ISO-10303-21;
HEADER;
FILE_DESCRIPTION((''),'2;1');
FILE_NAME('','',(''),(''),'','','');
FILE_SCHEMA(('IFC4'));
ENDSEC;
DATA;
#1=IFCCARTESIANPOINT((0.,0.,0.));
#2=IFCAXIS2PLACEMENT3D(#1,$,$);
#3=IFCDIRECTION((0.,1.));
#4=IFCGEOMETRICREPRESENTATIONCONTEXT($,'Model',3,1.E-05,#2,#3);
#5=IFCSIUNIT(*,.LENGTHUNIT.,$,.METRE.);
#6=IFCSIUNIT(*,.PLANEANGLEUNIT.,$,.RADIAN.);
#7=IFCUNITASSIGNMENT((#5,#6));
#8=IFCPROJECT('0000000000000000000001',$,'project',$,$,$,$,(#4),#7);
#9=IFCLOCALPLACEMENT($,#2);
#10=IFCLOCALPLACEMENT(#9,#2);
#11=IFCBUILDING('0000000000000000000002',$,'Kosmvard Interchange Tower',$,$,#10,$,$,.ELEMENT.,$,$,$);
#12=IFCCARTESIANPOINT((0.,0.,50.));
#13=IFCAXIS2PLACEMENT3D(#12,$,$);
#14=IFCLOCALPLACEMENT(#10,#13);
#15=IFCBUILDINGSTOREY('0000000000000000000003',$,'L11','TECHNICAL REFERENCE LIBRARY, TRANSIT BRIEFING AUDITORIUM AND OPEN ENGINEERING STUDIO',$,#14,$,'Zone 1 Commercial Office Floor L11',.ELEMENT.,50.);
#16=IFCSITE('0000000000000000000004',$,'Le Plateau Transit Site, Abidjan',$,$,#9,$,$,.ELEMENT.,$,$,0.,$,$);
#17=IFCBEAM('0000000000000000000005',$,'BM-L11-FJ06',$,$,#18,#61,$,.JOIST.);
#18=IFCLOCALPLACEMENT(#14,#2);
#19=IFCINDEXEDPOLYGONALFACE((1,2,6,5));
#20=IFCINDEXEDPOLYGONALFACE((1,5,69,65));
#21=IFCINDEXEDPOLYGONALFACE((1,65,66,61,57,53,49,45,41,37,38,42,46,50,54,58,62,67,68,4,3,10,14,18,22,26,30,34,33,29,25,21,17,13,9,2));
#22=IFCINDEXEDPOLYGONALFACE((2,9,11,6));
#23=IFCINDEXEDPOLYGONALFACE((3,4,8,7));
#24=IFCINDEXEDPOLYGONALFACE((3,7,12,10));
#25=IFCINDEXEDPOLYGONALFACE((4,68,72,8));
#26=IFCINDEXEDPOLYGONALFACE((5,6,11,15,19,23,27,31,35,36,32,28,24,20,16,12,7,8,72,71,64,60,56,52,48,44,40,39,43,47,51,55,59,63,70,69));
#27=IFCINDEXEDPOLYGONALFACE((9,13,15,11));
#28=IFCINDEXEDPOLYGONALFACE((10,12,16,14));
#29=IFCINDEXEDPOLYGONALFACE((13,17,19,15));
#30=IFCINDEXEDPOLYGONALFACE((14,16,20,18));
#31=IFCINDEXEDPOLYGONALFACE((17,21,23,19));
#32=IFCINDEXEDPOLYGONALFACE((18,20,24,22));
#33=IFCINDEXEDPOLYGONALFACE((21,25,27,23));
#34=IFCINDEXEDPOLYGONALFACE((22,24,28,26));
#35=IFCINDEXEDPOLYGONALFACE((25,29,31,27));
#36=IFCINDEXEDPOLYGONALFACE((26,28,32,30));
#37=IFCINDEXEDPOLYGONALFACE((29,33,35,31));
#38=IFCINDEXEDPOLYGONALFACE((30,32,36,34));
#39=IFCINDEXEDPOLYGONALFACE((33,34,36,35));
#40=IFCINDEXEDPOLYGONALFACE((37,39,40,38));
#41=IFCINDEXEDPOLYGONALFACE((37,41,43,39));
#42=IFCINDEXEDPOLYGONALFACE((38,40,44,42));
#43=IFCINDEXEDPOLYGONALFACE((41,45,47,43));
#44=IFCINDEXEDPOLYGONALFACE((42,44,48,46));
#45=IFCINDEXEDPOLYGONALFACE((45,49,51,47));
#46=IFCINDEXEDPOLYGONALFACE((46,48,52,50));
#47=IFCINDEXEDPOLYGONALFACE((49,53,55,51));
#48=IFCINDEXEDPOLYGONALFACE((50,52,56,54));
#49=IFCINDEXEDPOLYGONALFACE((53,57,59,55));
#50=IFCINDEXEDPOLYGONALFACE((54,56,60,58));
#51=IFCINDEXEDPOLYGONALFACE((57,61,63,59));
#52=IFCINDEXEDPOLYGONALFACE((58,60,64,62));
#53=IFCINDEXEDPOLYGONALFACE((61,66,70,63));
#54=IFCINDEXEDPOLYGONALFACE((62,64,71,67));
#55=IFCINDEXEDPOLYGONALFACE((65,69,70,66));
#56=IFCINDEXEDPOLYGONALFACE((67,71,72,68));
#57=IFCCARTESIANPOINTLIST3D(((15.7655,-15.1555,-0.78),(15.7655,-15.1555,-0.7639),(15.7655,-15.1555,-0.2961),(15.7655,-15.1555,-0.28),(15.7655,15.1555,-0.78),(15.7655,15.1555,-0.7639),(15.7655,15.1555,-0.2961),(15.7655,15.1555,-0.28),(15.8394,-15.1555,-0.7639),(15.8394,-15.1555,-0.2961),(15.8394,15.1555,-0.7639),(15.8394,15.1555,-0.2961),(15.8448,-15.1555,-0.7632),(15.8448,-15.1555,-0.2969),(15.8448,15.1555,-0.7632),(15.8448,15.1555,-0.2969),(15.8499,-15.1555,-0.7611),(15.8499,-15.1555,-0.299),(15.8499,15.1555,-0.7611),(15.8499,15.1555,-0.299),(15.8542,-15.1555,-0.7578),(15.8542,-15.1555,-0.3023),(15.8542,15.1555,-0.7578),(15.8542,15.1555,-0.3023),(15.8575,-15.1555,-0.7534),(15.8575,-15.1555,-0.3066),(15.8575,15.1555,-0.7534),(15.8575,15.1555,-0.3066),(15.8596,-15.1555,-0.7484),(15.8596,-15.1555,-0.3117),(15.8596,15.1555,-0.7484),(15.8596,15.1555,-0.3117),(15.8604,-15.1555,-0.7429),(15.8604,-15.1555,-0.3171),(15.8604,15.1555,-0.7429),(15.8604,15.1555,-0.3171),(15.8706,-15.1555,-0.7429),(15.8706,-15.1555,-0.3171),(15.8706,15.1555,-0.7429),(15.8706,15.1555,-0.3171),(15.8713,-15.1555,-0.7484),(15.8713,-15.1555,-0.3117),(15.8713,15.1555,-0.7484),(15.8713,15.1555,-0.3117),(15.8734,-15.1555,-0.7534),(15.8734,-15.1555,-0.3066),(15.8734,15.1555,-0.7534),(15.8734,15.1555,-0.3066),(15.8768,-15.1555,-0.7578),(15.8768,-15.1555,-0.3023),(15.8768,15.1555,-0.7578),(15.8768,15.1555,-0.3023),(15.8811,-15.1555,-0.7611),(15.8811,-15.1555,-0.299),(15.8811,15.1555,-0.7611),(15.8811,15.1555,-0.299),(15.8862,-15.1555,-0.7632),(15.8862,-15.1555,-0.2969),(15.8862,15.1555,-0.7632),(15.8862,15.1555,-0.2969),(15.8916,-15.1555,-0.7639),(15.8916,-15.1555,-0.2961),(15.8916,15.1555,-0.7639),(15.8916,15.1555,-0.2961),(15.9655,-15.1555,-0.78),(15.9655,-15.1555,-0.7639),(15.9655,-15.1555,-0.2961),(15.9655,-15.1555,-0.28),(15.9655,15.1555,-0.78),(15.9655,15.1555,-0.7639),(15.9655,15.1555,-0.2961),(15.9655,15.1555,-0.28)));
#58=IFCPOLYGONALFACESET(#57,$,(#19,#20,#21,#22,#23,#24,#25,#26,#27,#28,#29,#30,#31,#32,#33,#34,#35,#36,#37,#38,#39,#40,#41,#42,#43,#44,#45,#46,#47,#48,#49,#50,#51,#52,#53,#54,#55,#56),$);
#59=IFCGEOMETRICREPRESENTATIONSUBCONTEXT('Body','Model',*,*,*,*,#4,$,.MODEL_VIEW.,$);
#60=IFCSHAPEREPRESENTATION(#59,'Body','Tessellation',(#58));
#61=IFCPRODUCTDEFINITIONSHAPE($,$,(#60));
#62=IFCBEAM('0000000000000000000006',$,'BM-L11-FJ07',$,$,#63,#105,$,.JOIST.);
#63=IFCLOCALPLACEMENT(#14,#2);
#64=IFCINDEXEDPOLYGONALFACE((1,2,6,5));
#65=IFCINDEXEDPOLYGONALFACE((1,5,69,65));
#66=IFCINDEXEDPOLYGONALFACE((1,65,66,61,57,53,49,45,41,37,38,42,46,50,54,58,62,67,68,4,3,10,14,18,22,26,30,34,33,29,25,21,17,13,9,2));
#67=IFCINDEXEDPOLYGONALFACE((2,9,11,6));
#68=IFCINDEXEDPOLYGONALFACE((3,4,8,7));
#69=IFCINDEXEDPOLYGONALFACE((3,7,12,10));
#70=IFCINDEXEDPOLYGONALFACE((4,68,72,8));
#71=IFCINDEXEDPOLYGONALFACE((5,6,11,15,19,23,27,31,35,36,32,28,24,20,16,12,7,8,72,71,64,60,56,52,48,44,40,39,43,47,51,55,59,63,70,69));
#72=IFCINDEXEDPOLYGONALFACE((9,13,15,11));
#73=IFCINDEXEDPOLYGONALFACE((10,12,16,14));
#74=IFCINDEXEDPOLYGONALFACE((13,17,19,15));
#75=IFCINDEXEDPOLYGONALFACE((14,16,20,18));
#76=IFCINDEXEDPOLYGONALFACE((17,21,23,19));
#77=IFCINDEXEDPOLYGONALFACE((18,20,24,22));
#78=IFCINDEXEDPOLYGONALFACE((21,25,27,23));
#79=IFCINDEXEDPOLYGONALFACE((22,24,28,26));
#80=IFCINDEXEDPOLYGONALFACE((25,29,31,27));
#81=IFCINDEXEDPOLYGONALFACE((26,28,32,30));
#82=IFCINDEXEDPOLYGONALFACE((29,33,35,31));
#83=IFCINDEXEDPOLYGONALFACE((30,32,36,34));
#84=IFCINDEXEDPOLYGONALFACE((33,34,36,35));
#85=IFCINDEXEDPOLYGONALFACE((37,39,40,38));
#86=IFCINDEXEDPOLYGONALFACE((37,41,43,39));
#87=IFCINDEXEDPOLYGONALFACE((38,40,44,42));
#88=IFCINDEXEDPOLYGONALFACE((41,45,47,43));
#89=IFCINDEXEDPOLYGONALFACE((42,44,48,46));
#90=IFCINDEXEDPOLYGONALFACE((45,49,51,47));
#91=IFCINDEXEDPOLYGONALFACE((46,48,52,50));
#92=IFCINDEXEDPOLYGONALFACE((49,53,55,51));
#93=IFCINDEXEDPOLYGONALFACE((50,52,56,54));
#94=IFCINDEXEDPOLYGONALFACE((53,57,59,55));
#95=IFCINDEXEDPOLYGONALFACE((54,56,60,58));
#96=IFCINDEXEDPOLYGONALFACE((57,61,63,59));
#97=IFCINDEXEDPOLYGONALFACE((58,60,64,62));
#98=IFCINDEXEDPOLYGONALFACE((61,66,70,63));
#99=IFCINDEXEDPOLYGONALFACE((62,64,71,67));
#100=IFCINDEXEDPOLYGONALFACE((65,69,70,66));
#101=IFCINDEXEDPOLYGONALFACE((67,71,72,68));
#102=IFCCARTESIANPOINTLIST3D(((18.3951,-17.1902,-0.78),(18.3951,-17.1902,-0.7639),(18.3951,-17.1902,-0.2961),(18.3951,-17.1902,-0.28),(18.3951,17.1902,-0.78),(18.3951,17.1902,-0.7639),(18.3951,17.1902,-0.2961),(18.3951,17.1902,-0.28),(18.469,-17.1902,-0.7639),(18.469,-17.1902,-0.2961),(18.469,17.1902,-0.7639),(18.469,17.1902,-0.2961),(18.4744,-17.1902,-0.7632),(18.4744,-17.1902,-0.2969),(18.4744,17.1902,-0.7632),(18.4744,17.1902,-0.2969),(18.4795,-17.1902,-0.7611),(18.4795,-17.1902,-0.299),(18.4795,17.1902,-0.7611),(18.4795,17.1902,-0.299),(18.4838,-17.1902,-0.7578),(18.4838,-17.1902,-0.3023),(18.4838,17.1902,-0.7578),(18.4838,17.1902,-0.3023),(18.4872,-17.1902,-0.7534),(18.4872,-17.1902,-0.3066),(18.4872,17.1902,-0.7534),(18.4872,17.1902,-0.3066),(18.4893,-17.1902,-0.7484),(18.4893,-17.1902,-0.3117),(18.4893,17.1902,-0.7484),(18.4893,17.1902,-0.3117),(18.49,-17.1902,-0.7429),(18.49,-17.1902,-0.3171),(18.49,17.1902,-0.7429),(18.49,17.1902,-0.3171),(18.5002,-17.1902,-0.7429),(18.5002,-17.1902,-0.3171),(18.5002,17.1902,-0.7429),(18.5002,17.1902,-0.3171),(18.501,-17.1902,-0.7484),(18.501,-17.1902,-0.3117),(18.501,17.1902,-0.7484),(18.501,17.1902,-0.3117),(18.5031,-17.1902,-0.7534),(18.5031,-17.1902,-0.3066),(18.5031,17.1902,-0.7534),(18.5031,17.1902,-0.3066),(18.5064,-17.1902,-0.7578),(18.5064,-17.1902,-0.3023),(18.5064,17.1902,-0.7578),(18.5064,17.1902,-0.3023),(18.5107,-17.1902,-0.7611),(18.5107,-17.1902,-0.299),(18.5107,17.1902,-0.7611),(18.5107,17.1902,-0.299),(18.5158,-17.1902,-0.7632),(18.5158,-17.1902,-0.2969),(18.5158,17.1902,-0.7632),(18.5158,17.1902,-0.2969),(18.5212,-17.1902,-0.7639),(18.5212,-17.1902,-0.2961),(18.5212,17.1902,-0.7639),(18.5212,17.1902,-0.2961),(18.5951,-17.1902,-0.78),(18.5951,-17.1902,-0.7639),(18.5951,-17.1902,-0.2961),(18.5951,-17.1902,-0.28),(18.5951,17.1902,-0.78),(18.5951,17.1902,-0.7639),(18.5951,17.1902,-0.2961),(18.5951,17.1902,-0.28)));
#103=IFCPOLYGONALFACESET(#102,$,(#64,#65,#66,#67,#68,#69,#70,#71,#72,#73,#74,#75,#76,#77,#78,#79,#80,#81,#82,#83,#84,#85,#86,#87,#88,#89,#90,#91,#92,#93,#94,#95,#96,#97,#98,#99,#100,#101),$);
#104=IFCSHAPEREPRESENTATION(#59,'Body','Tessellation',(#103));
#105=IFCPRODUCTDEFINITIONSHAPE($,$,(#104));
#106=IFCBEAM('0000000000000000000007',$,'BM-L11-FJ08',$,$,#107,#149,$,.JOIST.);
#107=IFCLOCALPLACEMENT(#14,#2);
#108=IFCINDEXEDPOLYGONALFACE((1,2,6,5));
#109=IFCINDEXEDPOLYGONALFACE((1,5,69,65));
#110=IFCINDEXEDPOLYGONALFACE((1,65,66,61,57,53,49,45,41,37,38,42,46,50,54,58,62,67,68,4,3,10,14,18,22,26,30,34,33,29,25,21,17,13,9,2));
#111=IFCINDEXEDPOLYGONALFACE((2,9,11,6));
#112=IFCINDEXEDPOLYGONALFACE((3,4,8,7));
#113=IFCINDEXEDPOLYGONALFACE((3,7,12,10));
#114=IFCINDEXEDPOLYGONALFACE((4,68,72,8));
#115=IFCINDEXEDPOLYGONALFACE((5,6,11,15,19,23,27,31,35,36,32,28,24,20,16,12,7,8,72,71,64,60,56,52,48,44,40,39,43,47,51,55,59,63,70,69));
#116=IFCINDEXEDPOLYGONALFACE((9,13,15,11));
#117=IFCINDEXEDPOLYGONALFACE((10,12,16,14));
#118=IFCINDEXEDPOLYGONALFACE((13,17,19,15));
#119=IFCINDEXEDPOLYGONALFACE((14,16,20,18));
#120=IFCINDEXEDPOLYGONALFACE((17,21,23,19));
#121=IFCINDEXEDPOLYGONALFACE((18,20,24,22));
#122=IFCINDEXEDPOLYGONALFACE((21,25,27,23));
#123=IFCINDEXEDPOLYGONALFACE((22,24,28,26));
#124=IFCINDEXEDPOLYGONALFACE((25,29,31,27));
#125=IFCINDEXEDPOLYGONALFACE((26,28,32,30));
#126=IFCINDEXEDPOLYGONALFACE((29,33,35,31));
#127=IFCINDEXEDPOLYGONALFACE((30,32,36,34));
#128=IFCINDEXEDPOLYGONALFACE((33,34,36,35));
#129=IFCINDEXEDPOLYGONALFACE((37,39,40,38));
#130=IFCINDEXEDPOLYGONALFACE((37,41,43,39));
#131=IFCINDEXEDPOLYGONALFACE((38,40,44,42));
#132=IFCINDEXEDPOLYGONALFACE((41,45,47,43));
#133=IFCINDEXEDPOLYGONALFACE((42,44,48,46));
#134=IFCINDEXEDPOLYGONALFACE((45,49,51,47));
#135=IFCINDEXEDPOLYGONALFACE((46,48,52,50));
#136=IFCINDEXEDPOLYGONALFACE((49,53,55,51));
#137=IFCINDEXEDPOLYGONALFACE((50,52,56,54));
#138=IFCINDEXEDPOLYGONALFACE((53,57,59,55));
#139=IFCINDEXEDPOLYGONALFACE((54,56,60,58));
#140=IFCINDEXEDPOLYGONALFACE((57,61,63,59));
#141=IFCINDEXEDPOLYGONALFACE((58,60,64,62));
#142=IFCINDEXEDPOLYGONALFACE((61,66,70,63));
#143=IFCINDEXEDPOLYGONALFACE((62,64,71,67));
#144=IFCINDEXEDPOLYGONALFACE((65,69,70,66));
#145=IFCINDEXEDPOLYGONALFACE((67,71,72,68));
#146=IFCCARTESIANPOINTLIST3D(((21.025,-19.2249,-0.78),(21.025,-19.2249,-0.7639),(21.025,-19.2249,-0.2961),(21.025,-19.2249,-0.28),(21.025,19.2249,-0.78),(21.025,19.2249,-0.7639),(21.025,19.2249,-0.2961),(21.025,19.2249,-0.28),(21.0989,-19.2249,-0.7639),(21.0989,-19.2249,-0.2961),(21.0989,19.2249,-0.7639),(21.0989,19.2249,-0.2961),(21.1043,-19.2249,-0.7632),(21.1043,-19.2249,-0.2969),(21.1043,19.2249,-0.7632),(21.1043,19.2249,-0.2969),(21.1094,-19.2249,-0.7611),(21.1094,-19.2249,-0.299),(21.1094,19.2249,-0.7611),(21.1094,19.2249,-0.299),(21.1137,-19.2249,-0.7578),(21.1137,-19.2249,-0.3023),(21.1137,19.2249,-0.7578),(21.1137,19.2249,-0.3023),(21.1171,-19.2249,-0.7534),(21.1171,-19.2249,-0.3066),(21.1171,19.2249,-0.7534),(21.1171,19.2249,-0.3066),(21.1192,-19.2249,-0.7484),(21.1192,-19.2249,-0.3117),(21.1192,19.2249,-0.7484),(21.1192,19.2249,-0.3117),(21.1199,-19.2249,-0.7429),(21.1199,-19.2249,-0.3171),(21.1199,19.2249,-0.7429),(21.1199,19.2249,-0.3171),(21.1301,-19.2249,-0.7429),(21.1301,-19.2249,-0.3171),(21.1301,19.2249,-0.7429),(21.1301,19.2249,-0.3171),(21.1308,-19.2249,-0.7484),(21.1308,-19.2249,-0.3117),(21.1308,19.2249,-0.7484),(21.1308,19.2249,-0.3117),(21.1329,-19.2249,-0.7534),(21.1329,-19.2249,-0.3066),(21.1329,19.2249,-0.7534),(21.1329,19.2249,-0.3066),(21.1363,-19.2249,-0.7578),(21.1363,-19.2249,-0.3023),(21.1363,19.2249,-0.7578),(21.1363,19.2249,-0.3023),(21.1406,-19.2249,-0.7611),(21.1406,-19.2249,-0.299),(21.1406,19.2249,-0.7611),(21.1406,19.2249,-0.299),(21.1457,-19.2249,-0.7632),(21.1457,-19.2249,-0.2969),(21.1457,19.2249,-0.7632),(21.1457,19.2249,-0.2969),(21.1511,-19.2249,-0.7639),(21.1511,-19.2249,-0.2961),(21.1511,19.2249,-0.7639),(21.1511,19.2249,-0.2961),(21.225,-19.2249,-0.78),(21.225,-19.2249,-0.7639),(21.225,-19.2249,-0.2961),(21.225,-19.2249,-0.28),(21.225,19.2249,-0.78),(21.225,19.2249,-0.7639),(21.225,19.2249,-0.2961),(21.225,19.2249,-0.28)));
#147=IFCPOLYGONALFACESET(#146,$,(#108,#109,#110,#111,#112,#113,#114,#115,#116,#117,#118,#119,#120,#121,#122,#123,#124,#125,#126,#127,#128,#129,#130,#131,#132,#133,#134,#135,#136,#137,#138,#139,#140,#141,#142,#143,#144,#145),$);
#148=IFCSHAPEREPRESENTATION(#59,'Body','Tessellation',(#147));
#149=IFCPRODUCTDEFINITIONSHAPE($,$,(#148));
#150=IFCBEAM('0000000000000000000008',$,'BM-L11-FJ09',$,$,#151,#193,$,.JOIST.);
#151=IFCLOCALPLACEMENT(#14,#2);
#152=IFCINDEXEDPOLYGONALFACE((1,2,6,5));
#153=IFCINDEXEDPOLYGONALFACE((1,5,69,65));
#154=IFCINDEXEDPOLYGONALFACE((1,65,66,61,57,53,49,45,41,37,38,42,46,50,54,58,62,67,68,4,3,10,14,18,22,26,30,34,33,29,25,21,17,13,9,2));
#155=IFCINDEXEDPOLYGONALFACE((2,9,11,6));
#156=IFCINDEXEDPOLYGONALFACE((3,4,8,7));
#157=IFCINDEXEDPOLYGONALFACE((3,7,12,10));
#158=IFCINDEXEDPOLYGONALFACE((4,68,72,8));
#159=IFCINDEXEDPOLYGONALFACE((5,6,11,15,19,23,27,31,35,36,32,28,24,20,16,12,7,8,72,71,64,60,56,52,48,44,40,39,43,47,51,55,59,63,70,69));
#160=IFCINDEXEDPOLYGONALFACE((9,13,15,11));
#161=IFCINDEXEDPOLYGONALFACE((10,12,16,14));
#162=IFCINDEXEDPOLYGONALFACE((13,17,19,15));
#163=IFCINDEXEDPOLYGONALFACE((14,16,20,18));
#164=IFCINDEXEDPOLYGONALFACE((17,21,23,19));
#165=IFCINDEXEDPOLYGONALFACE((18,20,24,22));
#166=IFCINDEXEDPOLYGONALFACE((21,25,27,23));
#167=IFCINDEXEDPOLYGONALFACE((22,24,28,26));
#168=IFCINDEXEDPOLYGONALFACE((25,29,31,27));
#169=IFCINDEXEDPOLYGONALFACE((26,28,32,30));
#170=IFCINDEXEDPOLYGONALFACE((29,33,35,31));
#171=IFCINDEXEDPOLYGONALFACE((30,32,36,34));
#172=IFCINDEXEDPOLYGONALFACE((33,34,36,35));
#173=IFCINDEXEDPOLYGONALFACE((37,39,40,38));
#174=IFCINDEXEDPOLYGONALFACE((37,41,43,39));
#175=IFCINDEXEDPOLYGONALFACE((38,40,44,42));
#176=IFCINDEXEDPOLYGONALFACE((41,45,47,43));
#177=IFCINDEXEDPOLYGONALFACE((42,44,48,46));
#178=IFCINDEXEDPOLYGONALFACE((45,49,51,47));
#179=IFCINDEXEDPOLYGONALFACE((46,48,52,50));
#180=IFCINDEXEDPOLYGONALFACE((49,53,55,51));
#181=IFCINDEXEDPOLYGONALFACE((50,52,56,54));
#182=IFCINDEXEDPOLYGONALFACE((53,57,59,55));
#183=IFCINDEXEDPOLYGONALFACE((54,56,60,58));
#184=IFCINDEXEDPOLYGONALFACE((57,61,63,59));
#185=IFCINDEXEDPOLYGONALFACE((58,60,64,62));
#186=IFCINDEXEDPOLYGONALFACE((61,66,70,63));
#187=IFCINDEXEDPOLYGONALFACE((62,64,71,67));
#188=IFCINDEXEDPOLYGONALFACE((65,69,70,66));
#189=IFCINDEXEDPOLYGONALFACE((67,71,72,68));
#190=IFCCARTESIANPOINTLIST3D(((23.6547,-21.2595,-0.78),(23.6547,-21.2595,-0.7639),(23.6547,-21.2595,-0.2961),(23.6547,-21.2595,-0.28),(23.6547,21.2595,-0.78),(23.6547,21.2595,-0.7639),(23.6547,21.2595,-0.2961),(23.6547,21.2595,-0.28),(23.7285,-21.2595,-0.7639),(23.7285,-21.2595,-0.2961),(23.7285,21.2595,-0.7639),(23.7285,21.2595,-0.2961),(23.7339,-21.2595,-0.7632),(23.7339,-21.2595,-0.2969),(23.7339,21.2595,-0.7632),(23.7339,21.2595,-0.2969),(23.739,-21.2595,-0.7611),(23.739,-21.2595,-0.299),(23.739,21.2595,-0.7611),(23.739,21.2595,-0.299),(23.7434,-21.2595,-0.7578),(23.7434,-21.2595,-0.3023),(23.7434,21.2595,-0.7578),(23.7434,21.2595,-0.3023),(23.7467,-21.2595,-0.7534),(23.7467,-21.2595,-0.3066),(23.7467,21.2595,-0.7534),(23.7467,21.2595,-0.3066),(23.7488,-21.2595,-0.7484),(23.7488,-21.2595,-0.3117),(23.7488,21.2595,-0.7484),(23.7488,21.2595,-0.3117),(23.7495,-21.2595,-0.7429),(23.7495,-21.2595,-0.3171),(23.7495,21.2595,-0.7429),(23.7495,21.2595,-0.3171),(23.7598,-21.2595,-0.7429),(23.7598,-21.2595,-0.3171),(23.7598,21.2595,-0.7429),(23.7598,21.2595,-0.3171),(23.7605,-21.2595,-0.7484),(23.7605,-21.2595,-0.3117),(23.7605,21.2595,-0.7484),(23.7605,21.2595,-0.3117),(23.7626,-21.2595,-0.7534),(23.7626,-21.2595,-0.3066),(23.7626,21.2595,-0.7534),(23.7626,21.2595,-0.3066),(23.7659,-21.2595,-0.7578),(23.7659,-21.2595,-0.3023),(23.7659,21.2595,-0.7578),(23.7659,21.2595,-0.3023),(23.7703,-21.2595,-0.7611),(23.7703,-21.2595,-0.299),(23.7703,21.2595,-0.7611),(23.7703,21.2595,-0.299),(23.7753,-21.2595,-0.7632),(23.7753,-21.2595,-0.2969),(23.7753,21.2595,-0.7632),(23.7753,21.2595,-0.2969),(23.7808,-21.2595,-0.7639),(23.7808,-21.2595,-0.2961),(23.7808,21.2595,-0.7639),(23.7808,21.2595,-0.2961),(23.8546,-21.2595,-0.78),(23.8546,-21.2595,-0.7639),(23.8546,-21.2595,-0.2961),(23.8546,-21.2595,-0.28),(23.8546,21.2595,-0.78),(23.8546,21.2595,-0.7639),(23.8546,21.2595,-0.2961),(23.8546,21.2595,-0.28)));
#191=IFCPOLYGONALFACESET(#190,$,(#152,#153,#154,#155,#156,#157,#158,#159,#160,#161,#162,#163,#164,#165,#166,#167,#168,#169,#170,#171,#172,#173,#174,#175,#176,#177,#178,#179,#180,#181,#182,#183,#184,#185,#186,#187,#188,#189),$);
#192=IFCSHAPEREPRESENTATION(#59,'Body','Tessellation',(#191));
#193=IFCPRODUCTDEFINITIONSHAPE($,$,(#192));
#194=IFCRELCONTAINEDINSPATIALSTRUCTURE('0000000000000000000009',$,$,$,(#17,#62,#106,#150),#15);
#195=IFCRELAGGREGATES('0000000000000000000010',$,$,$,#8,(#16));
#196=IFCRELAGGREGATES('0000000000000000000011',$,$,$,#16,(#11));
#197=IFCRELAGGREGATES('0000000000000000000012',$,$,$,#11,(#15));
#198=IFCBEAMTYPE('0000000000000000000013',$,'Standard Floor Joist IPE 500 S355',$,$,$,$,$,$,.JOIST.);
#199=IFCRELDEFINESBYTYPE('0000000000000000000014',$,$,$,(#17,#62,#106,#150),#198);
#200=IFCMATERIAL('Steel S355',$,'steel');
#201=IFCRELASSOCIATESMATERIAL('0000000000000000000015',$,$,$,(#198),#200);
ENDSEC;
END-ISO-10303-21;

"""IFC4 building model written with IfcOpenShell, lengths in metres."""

from ifc_helpers import new_model, si_unit, direction, frame, origin, origin_2d, place, context, subcontext, project, spatial, i_section, extrude, source, transform, mapped, material, material_profile, profile_set, type_object, element, save


model = new_model("IFC4")

# Units and contexts
model_context = context("Model", 3, precision=1e-05, world=origin(), true_north=direction((0.0, 1.0)))
body_context = subcontext(model_context, "Body", "Model", "MODEL_VIEW")
ifc_project = project(units=[si_unit("LENGTHUNIT", "METRE"), si_unit("PLANEANGLEUNIT", "RADIAN")], contexts=[model_context])

# Site, building, storey
site_placement = place(None, origin())
site = spatial("IfcSite", under=ifc_project, at=site_placement, Name="Le Plateau Transit Site, Abidjan", CompositionType="ELEMENT", RefElevation=0.0)
building_placement = place(site_placement, origin())
building = spatial("IfcBuilding", under=site, at=building_placement, Name="Kosmvard Interchange Tower", CompositionType="ELEMENT")
storey_placement = place(building_placement, frame((0.0, 0.0, 50.0)))
storey = spatial("IfcBuildingStorey", under=building, at=storey_placement, Name="L11", Description="TECHNICAL REFERENCE LIBRARY, TRANSIT BRIEFING AUDITORIUM AND OPEN ENGINEERING STUDIO", LongName="Zone 1 Commercial Office Floor L11", CompositionType="ELEMENT", Elevation=50.0)

# Beams
ifc_material_1 = material(Name="Steel S355", Category="steel")
ifc_material_profile_1 = material_profile(ifc_material_1, i_section(OverallWidth=0.2, OverallDepth=0.5, WebThickness=0.0103, FlangeThickness=0.0161, FilletRadius=0.021, at=origin_2d()), Name="IPE 500")
ifc_profile_set_1 = profile_set([ifc_material_profile_1], Name="Steel S355")
beam_type_1 = type_object("IfcBeamType", Name="Standard Floor Joist IPE 500 S355", PredefinedType="JOIST", material=ifc_profile_set_1)
shared_shape_1 = source(origin(), body_context, "Body", "SweptSolid", [
    extrude(i_section(OverallWidth=0.2, OverallDepth=0.5, WebThickness=0.0103, FlangeThickness=0.0161, FilletRadius=0.021, at=origin_2d()), origin(), (0.0, 0.0, 1.0), 30.311),
])
beam_1_placement = place(storey_placement, frame((15.8655, -15.1555, -0.53), z_axis=(0.0, 1.0, 0.0), x_axis=(-1.0, 0.0, 0.0)))
element("IfcBeam", 1, at=beam_1_placement, inside=storey, type_object=beam_type_1, Name="BM-L11-FJ06", PredefinedType="JOIST", context=body_context, shape_type="MappedRepresentation", body=[
    mapped(shared_shape_1, transform((0.0, 0.0, 0.0), scale=1.0)),
])
shared_shape_2 = source(origin(), body_context, "Body", "SweptSolid", [
    extrude(i_section(OverallWidth=0.2, OverallDepth=0.5, WebThickness=0.0103, FlangeThickness=0.0161, FilletRadius=0.021, at=origin_2d()), origin(), (0.0, 0.0, 1.0), 34.3804),
])
beam_2_placement = place(storey_placement, frame((18.4951, -17.1902, -0.53), z_axis=(0.0, 1.0, 0.0), x_axis=(-1.0, 0.0, 0.0)))
element("IfcBeam", 2, at=beam_2_placement, inside=storey, type_object=beam_type_1, Name="BM-L11-FJ07", PredefinedType="JOIST", context=body_context, shape_type="MappedRepresentation", body=[
    mapped(shared_shape_2, transform((0.0, 0.0, 0.0), scale=1.0)),
])
shared_shape_3 = source(origin(), body_context, "Body", "SweptSolid", [
    extrude(i_section(OverallWidth=0.2, OverallDepth=0.5, WebThickness=0.0103, FlangeThickness=0.0161, FilletRadius=0.021, at=origin_2d()), origin(), (0.0, 0.0, 1.0), 38.4497),
])
beam_3_placement = place(storey_placement, frame((21.125, -19.2249, -0.53), z_axis=(0.0, 1.0, 0.0), x_axis=(-1.0, 0.0, 0.0)))
element("IfcBeam", 3, at=beam_3_placement, inside=storey, type_object=beam_type_1, Name="BM-L11-FJ08", PredefinedType="JOIST", context=body_context, shape_type="MappedRepresentation", body=[
    mapped(shared_shape_3, transform((0.0, 0.0, 0.0), scale=1.0)),
])
shared_shape_4 = source(origin(), body_context, "Body", "SweptSolid", [
    extrude(i_section(OverallWidth=0.2, OverallDepth=0.5, WebThickness=0.0103, FlangeThickness=0.0161, FilletRadius=0.021, at=origin_2d()), origin(), (0.0, 0.0, 1.0), 42.519),
])
beam_4_placement = place(storey_placement, frame((23.7546, -21.2595, -0.53), z_axis=(0.0, 1.0, 0.0), x_axis=(-1.0, 0.0, 0.0)))
element("IfcBeam", 4, at=beam_4_placement, inside=storey, type_object=beam_type_1, Name="BM-L11-FJ09", PredefinedType="JOIST", context=body_context, shape_type="MappedRepresentation", body=[
    mapped(shared_shape_4, transform((0.0, 0.0, 0.0), scale=1.0)),
])

save(model, "model.ifc")
